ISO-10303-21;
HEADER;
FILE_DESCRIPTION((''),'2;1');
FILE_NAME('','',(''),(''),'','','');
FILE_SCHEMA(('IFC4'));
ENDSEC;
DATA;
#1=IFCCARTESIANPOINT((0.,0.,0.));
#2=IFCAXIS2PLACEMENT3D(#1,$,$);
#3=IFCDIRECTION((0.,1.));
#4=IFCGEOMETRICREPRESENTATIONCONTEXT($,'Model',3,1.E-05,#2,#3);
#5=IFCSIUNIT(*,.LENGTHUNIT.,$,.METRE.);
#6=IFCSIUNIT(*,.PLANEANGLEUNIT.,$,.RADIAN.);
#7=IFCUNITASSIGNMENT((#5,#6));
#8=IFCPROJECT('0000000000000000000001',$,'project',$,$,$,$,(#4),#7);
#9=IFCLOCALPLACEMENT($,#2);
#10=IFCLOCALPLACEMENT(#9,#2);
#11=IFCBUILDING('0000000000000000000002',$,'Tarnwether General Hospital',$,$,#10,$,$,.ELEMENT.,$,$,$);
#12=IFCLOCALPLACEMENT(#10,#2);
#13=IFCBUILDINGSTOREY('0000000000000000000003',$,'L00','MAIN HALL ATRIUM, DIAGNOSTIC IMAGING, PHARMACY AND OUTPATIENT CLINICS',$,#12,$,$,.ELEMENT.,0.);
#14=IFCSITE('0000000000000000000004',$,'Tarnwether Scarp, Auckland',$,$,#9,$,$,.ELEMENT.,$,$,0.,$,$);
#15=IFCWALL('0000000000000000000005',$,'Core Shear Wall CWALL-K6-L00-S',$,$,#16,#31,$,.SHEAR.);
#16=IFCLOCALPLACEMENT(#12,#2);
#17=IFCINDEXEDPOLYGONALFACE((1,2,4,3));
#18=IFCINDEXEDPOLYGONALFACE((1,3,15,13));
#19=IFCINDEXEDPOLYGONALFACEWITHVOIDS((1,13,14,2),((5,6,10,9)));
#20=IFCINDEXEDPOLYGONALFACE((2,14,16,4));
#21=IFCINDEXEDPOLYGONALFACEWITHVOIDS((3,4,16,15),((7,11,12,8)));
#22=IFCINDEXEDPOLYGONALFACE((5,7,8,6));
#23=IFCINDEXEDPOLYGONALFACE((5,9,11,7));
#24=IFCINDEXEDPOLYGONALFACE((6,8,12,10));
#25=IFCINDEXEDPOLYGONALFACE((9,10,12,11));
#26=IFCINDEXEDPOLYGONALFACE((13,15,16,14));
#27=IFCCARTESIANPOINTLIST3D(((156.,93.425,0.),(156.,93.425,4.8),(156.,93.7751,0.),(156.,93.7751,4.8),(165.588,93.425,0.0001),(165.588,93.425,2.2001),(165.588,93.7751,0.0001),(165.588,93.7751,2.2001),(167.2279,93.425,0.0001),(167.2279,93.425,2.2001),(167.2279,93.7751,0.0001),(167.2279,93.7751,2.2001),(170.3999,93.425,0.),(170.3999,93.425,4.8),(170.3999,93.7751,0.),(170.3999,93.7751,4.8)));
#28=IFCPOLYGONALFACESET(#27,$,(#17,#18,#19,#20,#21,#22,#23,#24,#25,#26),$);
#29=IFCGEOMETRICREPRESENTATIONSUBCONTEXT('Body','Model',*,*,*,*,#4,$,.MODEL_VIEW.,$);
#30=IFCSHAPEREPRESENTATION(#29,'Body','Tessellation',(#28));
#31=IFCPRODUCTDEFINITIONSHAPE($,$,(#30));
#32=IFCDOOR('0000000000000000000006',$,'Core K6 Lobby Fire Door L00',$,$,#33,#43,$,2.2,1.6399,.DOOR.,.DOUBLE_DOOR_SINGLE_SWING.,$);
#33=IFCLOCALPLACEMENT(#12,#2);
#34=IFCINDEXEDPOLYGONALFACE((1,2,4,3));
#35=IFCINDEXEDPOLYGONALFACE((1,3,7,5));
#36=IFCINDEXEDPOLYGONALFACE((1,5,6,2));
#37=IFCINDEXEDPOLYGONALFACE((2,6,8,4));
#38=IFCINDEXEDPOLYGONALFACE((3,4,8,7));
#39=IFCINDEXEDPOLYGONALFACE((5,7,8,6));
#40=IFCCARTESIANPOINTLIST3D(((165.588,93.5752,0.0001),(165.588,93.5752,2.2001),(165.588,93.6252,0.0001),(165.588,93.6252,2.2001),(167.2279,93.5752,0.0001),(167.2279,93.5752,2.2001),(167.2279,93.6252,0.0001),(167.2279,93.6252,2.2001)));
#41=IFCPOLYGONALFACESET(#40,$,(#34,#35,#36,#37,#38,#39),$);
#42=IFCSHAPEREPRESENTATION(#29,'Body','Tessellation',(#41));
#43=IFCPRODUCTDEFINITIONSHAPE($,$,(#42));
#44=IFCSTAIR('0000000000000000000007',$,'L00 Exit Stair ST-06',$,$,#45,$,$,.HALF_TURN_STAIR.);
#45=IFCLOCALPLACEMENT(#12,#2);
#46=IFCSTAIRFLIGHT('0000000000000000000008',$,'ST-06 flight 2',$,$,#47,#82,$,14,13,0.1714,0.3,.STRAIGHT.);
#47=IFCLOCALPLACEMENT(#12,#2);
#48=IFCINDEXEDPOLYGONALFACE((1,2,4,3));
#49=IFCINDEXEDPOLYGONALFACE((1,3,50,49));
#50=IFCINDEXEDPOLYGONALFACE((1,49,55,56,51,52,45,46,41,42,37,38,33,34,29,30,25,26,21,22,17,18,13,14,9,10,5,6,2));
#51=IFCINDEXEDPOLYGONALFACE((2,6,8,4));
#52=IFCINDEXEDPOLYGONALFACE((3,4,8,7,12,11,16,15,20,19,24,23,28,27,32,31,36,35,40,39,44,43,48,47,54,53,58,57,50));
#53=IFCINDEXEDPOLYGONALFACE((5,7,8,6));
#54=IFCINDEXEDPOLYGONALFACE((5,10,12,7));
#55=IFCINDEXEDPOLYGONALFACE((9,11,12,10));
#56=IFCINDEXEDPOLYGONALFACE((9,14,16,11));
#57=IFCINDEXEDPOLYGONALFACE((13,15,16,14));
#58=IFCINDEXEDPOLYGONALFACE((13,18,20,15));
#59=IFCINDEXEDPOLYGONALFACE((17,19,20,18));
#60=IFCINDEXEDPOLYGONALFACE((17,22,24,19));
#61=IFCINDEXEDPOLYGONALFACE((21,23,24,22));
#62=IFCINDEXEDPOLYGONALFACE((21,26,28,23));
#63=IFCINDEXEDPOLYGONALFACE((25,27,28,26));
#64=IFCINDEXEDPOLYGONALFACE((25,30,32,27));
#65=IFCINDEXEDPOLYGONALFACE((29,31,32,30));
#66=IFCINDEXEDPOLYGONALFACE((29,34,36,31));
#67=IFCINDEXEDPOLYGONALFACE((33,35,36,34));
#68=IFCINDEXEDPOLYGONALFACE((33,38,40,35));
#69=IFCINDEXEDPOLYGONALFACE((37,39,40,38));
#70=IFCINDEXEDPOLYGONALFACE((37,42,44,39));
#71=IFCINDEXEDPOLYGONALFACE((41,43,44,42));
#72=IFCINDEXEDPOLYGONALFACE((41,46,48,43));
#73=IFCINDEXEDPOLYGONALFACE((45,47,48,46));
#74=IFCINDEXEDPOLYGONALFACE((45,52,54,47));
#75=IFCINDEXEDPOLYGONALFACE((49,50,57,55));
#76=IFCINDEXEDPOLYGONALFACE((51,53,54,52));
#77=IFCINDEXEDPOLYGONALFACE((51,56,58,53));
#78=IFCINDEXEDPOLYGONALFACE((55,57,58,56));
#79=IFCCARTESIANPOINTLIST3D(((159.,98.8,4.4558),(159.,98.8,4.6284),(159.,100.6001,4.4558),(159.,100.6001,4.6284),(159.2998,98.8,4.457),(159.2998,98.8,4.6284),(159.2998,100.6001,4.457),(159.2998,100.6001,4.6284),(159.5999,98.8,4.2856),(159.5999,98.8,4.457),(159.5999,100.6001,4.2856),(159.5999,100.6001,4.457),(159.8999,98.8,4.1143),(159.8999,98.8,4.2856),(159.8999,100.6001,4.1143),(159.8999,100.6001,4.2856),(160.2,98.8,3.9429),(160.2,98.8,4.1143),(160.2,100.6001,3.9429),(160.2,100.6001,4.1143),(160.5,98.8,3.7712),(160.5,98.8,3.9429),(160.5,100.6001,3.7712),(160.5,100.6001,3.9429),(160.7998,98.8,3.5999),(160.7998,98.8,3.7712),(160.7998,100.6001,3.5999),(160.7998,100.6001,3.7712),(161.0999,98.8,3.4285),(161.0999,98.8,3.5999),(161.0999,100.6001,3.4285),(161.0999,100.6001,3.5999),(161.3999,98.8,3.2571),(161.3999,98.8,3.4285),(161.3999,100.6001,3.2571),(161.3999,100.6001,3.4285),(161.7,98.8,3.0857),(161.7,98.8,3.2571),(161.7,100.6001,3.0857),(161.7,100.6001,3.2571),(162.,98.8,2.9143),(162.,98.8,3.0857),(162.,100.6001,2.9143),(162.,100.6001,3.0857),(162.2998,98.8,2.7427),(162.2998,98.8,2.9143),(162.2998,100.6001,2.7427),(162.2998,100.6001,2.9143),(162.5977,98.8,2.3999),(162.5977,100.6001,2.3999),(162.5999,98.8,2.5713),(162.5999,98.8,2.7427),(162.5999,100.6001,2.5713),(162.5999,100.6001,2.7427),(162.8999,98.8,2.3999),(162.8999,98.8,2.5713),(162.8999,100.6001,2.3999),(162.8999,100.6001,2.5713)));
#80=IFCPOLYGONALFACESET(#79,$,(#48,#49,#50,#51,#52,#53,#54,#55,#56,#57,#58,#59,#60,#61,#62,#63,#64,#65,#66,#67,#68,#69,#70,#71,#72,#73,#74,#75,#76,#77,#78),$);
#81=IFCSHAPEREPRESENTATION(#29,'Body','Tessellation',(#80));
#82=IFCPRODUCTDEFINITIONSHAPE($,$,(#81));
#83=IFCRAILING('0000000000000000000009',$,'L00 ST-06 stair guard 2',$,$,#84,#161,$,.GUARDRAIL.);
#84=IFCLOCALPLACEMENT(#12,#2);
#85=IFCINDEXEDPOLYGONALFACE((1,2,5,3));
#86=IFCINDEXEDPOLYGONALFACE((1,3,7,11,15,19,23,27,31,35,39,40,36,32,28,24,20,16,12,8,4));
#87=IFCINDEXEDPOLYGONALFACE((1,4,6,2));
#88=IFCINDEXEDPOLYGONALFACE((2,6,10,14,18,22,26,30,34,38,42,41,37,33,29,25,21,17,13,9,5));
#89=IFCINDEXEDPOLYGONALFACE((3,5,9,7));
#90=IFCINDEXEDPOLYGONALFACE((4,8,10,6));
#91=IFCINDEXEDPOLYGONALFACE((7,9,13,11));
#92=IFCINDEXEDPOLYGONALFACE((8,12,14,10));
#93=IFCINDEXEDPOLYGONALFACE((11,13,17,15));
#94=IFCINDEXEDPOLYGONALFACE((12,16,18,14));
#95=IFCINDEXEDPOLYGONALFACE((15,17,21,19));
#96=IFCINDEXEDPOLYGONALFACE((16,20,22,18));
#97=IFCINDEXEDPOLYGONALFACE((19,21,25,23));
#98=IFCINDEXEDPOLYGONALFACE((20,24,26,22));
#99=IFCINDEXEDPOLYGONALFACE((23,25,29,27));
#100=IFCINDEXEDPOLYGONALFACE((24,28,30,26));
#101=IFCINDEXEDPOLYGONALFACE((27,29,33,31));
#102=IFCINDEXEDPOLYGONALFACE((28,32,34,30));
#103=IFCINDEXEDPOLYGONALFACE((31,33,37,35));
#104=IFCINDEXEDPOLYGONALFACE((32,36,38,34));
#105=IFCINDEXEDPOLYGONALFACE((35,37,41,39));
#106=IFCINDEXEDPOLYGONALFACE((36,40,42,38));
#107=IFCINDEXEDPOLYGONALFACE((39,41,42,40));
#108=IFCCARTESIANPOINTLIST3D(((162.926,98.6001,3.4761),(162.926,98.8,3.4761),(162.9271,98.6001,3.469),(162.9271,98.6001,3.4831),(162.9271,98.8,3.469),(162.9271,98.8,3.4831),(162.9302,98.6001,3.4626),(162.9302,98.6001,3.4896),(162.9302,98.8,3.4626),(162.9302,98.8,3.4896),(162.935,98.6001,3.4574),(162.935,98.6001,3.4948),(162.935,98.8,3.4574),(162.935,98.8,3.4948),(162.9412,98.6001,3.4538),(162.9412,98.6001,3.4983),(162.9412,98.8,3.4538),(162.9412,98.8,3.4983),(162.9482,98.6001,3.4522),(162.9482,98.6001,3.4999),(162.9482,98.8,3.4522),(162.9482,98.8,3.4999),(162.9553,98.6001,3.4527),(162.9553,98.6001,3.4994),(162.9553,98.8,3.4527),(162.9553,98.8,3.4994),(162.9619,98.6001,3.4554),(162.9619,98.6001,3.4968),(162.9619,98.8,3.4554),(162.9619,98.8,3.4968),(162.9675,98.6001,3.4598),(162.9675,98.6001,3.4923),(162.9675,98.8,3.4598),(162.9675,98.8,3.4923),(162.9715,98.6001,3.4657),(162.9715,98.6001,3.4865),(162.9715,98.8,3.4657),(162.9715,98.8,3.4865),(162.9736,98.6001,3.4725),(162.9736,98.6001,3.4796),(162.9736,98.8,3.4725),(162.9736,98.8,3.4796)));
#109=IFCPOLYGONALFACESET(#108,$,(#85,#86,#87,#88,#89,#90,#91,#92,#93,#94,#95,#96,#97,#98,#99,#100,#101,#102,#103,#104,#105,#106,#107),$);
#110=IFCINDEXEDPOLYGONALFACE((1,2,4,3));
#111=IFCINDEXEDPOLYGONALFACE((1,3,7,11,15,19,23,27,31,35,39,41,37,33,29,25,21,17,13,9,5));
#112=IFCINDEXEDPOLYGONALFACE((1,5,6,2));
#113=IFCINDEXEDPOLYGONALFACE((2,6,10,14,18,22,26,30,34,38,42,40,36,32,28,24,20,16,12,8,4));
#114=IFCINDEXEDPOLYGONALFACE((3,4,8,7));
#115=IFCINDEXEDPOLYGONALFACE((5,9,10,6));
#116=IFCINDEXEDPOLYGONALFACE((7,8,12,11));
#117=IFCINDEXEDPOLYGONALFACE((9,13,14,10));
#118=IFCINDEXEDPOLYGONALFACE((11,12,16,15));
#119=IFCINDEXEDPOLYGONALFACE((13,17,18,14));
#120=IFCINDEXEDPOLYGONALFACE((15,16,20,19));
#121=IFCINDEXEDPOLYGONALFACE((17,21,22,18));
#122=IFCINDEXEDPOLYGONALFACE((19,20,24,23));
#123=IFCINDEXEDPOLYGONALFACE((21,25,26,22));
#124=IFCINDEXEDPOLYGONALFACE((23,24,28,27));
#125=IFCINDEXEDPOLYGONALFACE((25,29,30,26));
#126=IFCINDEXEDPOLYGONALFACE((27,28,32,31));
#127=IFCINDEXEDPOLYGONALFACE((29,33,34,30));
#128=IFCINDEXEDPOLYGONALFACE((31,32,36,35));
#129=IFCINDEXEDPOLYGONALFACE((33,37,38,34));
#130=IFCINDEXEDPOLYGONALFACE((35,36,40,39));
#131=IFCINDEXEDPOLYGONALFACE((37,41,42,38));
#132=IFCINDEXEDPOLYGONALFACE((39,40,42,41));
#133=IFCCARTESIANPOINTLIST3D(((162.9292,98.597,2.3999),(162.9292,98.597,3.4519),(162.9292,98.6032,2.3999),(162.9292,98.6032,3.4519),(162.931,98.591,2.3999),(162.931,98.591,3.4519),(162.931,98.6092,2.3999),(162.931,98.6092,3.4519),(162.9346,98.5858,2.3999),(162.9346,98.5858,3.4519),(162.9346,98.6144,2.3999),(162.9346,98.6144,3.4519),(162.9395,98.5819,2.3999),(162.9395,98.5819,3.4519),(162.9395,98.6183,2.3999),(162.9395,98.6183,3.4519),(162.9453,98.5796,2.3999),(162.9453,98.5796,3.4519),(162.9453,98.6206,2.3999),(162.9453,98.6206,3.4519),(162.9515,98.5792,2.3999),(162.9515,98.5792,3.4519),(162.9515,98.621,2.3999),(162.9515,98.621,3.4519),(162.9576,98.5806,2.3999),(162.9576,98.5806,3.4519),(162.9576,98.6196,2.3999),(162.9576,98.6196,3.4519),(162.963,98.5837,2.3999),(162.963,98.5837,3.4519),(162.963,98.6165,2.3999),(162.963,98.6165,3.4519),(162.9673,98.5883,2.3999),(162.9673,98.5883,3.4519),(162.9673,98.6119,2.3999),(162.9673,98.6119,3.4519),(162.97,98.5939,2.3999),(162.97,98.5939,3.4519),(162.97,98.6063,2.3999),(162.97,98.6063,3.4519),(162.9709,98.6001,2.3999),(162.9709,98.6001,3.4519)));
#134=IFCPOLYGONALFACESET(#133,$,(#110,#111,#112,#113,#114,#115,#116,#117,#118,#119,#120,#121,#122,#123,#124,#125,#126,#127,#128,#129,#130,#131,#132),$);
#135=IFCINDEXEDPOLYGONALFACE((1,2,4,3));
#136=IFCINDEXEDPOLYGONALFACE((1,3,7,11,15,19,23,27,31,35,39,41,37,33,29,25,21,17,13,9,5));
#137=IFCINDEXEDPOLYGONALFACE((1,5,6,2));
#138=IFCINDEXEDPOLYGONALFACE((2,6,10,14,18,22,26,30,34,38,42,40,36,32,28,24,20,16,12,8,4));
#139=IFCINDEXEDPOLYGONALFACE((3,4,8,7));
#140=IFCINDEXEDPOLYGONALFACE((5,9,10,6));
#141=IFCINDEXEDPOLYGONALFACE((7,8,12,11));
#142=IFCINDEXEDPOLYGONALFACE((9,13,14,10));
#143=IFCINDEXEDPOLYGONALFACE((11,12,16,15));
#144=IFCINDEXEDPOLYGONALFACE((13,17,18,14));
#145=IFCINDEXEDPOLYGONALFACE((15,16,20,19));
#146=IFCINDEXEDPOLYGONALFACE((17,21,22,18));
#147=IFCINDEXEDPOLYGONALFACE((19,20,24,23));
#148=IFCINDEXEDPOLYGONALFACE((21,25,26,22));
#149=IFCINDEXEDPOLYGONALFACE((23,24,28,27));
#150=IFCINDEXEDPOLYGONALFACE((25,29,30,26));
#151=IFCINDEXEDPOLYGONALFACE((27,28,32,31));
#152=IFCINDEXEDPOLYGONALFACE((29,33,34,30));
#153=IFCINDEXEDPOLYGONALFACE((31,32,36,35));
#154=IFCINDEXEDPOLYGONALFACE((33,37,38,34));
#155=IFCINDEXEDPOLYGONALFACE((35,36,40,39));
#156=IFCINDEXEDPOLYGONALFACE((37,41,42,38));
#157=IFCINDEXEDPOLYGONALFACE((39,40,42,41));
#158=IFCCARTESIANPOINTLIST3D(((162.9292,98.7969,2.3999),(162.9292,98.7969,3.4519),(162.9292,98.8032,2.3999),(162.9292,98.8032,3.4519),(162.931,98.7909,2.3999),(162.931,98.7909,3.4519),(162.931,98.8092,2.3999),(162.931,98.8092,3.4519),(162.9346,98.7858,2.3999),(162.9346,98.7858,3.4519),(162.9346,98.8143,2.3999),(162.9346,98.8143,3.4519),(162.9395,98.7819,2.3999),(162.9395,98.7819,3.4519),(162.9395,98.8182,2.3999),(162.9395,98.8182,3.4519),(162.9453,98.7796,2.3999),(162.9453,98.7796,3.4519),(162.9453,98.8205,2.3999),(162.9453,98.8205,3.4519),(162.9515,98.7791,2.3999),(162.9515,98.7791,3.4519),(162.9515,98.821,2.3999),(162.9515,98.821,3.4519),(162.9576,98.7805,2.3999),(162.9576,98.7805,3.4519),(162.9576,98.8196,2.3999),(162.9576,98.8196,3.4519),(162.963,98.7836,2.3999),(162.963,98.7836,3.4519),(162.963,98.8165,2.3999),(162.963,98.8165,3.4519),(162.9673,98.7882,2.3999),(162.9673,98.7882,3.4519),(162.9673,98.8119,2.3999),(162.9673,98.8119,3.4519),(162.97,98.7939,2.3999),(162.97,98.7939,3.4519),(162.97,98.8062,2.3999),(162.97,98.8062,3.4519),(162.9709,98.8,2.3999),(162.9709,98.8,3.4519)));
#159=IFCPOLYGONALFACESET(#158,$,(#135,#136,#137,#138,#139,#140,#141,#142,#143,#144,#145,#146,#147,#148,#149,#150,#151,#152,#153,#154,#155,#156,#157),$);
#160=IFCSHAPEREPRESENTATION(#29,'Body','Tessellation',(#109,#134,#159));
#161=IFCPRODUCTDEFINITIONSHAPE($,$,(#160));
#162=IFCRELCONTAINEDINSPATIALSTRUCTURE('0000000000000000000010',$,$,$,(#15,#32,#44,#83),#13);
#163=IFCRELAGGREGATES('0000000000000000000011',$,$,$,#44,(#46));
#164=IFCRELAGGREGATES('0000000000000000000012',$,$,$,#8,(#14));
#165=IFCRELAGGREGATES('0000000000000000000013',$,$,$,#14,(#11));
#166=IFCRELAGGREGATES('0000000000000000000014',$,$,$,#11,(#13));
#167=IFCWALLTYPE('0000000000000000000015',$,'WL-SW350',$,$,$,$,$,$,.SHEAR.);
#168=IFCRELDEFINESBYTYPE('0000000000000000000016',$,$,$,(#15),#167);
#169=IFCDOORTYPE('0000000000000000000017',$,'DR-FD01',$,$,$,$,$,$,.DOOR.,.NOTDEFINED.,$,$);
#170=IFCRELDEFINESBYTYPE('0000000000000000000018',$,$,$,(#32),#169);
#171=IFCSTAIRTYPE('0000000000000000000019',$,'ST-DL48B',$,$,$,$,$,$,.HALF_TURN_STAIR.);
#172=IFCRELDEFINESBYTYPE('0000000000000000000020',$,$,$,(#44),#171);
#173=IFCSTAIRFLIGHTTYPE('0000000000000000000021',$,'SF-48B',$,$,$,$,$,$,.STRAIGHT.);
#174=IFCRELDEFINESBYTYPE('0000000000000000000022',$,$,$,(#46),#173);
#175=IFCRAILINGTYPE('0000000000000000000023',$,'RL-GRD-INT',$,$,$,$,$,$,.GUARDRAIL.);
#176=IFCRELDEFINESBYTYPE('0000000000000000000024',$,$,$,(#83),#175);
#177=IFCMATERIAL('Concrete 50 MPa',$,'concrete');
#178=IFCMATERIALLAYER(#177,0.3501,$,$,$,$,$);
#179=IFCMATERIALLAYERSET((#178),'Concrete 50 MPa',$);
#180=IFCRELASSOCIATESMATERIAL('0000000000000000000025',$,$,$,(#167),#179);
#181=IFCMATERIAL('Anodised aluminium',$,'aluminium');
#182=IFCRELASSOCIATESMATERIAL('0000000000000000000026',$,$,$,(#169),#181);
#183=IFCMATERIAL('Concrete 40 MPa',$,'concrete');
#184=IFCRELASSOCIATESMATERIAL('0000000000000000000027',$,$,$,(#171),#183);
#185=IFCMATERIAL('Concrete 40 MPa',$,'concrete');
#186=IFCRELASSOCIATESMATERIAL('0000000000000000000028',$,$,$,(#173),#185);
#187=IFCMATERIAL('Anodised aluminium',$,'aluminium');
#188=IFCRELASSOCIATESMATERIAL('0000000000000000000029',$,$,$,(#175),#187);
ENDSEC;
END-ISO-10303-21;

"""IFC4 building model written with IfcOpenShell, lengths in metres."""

from ifc_helpers import new_model, si_unit, direction, frame, frame_2d, origin, origin_2d, place, context, subcontext, project, spatial, polyline, rectangle, circle, outline, extrude, material, layer, layer_set, type_object, element, fill, aggregate, save


model = new_model("IFC4")

# Units and contexts
model_context = context("Model", 3, precision=1e-05, world=origin(), true_north=direction((0.0, 1.0)))
body_context = subcontext(model_context, "Body", "Model", "MODEL_VIEW")
ifc_project = project(units=[si_unit("LENGTHUNIT", "METRE"), si_unit("PLANEANGLEUNIT", "RADIAN")], contexts=[model_context])

# Site, building, storey
site_placement = place(None, origin())
site = spatial("IfcSite", under=ifc_project, at=site_placement, Name="Tarnwether Scarp, Auckland", CompositionType="ELEMENT", RefElevation=0.0)
building_placement = place(site_placement, origin())
building = spatial("IfcBuilding", under=site, at=building_placement, Name="Tarnwether General Hospital", CompositionType="ELEMENT")
storey_placement = place(building_placement, origin())
storey = spatial("IfcBuildingStorey", under=building, at=storey_placement, Name="L00", Description="MAIN HALL ATRIUM, DIAGNOSTIC IMAGING, PHARMACY AND OUTPATIENT CLINICS", CompositionType="ELEMENT", Elevation=0.0)

# Wall, opening, door
ifc_material_1 = material(Name="Concrete 50 MPa", Category="concrete")
ifc_layer_1 = layer(ifc_material_1, 0.3501)
ifc_layer_set_1 = layer_set([ifc_layer_1], Name="Concrete 50 MPa")
wall_type_1 = type_object("IfcWallType", Name="WL-SW350", PredefinedType="SHEAR", material=ifc_layer_set_1)
wall_1_placement = place(storey_placement, frame((170.3999, 93.6001, 0.0), z_axis=(0.0, 0.0, 1.0), x_axis=(-1.0, 0.0, 0.0)))
wall_1 = element("IfcWall", 1, at=wall_1_placement, inside=storey, type_object=wall_type_1, Name="Core Shear Wall CWALL-K6-L00-S", PredefinedType="SHEAR", context=body_context, shape_type="SweptSolid", body=[
    extrude(rectangle(XDim=14.3999, YDim=0.3501, at=frame_2d((7.2, 0.0))), origin(), (0.0, 0.0, 1.0), 4.8),
])
opening_1_placement = place(wall_1_placement, frame((3.1721, 0.0, 0.0)))
opening_1 = element("IfcOpeningElement", 2, at=opening_1_placement, cuts=wall_1, PredefinedType="OPENING", context=body_context, shape_type="SweptSolid", body=[
    extrude(rectangle(XDim=1.6399, YDim=2.2, at=frame_2d((0.8198, 1.1001))), frame((0.0, 0.1851, 0.0), z_axis=(0.0, -1.0, 0.0), x_axis=(1.0, 0.0, 0.0)), (0.0, 0.0, 1.0), 0.3701),
])
ifc_material_2 = material(Name="Anodised aluminium", Category="aluminium")
door_type_1 = type_object("IfcDoorType", Name="DR-FD01", OperationType="NOTDEFINED", PredefinedType="DOOR", material=ifc_material_2)
door_1_placement = place(opening_1_placement, origin())
door_1 = element("IfcDoor", 3, at=door_1_placement, inside=storey, type_object=door_type_1, Name="Core K6 Lobby Fire Door L00", OperationType="DOUBLE_DOOR_SINGLE_SWING", OverallHeight=2.2, OverallWidth=1.6399, PredefinedType="DOOR", context=body_context, shape_type="SweptSolid", body=[
    extrude(rectangle(XDim=1.6399, YDim=2.2, at=frame_2d((0.8198, 1.1001))), frame((0.0, 0.0249, 0.0), z_axis=(0.0, -1.0, 0.0), x_axis=(1.0, 0.0, 0.0)), (0.0, 0.0, 1.0), 0.05),
])
fill(opening_1, door_1)

# Stair, stair flight
ifc_material_3 = material(Name="Concrete 40 MPa", Category="concrete")
stair_type = type_object("IfcStairType", Name="ST-DL48B", PredefinedType="HALF_TURN_STAIR", material=ifc_material_3)
stair_placement = place(storey_placement, origin())
stair = element("IfcStair", 4, at=stair_placement, inside=storey, type_object=stair_type, Name="L00 Exit Stair ST-06", PredefinedType="HALF_TURN_STAIR")
ifc_material_4 = material(Name="Concrete 40 MPa", Category="concrete")
stair_flight_type = type_object("IfcStairFlightType", Name="SF-48B", PredefinedType="STRAIGHT", material=ifc_material_4)
stair_flight_placement = place(storey_placement, frame((162.8999, 99.7, 2.3999), z_axis=(0.0, 0.0, 1.0), x_axis=(-1.0, 0.0, 0.0)))
stair_flight = element("IfcStairFlight", 5, at=stair_flight_placement, type_object=stair_flight_type, Name="ST-06 flight 2", NumberOfRisers=14, NumberOfTreads=13, PredefinedType="STRAIGHT", RiserHeight=0.1714, TreadLength=0.3, context=body_context, shape_type="SweptSolid", body=[
    extrude(outline(polyline([(0.0, 0.0), (0.0, 0.1714), (0.3, 0.1714), (0.3, 0.3428), (0.6001, 0.3428), (0.6001, 0.5144), (0.8999, 0.5144), (0.8999, 0.6858), (1.2, 0.6858), (1.2, 0.8572), (1.5, 0.8572), (1.5, 1.0286), (1.8, 1.0286), (1.8, 1.2), (2.1001, 1.2), (2.1001, 1.3713), (2.3999, 1.3713), (2.3999, 1.543), (2.7, 1.543), (2.7, 1.7144), (3.0, 1.7144), (3.0, 1.8857), (3.3, 1.8857), (3.3, 2.0571), (3.6001, 2.0571), (3.6001, 2.2285), (3.8999, 2.2285), (3.8999, 2.3999), (3.8999, 2.0559), (0.3022, 0.0), (0.0, 0.0)])), frame((0.0, 0.8999, 0.0), z_axis=(0.0, -1.0, 0.0), x_axis=(1.0, 0.0, 0.0)), (0.0, 0.0, 1.0), 1.8),
])
aggregate(stair, [stair_flight])

# Railing
ifc_material_5 = material(Name="Anodised aluminium", Category="aluminium")
railing_type_1 = type_object("IfcRailingType", Name="RL-GRD-INT", PredefinedType="GUARDRAIL", material=ifc_material_5)
railing_1_placement = place(storey_placement, frame((162.95, 98.6001, 2.3999)))
element("IfcRailing", 6, at=railing_1_placement, inside=storey, type_object=railing_type_1, Name="L00 ST-06 stair guard 2", PredefinedType="GUARDRAIL", context=body_context, shape_type="SweptSolid", body=[
    extrude(circle(Radius=0.0239, at=origin_2d()), frame((0.0, 0.0, 1.0762), z_axis=(0.0, 1.0, 0.0), x_axis=(-1.0, 0.0, 0.0)), (0.0, 0.0, 1.0), 0.2),
    extrude(circle(Radius=0.021, at=origin_2d()), origin(), (0.0, 0.0, 1.0), 1.052),
    extrude(circle(Radius=0.021, at=origin_2d()), frame((0.0, 0.2, 0.0)), (0.0, 0.0, 1.0), 1.052),
])

save(model, "model.ifc")
